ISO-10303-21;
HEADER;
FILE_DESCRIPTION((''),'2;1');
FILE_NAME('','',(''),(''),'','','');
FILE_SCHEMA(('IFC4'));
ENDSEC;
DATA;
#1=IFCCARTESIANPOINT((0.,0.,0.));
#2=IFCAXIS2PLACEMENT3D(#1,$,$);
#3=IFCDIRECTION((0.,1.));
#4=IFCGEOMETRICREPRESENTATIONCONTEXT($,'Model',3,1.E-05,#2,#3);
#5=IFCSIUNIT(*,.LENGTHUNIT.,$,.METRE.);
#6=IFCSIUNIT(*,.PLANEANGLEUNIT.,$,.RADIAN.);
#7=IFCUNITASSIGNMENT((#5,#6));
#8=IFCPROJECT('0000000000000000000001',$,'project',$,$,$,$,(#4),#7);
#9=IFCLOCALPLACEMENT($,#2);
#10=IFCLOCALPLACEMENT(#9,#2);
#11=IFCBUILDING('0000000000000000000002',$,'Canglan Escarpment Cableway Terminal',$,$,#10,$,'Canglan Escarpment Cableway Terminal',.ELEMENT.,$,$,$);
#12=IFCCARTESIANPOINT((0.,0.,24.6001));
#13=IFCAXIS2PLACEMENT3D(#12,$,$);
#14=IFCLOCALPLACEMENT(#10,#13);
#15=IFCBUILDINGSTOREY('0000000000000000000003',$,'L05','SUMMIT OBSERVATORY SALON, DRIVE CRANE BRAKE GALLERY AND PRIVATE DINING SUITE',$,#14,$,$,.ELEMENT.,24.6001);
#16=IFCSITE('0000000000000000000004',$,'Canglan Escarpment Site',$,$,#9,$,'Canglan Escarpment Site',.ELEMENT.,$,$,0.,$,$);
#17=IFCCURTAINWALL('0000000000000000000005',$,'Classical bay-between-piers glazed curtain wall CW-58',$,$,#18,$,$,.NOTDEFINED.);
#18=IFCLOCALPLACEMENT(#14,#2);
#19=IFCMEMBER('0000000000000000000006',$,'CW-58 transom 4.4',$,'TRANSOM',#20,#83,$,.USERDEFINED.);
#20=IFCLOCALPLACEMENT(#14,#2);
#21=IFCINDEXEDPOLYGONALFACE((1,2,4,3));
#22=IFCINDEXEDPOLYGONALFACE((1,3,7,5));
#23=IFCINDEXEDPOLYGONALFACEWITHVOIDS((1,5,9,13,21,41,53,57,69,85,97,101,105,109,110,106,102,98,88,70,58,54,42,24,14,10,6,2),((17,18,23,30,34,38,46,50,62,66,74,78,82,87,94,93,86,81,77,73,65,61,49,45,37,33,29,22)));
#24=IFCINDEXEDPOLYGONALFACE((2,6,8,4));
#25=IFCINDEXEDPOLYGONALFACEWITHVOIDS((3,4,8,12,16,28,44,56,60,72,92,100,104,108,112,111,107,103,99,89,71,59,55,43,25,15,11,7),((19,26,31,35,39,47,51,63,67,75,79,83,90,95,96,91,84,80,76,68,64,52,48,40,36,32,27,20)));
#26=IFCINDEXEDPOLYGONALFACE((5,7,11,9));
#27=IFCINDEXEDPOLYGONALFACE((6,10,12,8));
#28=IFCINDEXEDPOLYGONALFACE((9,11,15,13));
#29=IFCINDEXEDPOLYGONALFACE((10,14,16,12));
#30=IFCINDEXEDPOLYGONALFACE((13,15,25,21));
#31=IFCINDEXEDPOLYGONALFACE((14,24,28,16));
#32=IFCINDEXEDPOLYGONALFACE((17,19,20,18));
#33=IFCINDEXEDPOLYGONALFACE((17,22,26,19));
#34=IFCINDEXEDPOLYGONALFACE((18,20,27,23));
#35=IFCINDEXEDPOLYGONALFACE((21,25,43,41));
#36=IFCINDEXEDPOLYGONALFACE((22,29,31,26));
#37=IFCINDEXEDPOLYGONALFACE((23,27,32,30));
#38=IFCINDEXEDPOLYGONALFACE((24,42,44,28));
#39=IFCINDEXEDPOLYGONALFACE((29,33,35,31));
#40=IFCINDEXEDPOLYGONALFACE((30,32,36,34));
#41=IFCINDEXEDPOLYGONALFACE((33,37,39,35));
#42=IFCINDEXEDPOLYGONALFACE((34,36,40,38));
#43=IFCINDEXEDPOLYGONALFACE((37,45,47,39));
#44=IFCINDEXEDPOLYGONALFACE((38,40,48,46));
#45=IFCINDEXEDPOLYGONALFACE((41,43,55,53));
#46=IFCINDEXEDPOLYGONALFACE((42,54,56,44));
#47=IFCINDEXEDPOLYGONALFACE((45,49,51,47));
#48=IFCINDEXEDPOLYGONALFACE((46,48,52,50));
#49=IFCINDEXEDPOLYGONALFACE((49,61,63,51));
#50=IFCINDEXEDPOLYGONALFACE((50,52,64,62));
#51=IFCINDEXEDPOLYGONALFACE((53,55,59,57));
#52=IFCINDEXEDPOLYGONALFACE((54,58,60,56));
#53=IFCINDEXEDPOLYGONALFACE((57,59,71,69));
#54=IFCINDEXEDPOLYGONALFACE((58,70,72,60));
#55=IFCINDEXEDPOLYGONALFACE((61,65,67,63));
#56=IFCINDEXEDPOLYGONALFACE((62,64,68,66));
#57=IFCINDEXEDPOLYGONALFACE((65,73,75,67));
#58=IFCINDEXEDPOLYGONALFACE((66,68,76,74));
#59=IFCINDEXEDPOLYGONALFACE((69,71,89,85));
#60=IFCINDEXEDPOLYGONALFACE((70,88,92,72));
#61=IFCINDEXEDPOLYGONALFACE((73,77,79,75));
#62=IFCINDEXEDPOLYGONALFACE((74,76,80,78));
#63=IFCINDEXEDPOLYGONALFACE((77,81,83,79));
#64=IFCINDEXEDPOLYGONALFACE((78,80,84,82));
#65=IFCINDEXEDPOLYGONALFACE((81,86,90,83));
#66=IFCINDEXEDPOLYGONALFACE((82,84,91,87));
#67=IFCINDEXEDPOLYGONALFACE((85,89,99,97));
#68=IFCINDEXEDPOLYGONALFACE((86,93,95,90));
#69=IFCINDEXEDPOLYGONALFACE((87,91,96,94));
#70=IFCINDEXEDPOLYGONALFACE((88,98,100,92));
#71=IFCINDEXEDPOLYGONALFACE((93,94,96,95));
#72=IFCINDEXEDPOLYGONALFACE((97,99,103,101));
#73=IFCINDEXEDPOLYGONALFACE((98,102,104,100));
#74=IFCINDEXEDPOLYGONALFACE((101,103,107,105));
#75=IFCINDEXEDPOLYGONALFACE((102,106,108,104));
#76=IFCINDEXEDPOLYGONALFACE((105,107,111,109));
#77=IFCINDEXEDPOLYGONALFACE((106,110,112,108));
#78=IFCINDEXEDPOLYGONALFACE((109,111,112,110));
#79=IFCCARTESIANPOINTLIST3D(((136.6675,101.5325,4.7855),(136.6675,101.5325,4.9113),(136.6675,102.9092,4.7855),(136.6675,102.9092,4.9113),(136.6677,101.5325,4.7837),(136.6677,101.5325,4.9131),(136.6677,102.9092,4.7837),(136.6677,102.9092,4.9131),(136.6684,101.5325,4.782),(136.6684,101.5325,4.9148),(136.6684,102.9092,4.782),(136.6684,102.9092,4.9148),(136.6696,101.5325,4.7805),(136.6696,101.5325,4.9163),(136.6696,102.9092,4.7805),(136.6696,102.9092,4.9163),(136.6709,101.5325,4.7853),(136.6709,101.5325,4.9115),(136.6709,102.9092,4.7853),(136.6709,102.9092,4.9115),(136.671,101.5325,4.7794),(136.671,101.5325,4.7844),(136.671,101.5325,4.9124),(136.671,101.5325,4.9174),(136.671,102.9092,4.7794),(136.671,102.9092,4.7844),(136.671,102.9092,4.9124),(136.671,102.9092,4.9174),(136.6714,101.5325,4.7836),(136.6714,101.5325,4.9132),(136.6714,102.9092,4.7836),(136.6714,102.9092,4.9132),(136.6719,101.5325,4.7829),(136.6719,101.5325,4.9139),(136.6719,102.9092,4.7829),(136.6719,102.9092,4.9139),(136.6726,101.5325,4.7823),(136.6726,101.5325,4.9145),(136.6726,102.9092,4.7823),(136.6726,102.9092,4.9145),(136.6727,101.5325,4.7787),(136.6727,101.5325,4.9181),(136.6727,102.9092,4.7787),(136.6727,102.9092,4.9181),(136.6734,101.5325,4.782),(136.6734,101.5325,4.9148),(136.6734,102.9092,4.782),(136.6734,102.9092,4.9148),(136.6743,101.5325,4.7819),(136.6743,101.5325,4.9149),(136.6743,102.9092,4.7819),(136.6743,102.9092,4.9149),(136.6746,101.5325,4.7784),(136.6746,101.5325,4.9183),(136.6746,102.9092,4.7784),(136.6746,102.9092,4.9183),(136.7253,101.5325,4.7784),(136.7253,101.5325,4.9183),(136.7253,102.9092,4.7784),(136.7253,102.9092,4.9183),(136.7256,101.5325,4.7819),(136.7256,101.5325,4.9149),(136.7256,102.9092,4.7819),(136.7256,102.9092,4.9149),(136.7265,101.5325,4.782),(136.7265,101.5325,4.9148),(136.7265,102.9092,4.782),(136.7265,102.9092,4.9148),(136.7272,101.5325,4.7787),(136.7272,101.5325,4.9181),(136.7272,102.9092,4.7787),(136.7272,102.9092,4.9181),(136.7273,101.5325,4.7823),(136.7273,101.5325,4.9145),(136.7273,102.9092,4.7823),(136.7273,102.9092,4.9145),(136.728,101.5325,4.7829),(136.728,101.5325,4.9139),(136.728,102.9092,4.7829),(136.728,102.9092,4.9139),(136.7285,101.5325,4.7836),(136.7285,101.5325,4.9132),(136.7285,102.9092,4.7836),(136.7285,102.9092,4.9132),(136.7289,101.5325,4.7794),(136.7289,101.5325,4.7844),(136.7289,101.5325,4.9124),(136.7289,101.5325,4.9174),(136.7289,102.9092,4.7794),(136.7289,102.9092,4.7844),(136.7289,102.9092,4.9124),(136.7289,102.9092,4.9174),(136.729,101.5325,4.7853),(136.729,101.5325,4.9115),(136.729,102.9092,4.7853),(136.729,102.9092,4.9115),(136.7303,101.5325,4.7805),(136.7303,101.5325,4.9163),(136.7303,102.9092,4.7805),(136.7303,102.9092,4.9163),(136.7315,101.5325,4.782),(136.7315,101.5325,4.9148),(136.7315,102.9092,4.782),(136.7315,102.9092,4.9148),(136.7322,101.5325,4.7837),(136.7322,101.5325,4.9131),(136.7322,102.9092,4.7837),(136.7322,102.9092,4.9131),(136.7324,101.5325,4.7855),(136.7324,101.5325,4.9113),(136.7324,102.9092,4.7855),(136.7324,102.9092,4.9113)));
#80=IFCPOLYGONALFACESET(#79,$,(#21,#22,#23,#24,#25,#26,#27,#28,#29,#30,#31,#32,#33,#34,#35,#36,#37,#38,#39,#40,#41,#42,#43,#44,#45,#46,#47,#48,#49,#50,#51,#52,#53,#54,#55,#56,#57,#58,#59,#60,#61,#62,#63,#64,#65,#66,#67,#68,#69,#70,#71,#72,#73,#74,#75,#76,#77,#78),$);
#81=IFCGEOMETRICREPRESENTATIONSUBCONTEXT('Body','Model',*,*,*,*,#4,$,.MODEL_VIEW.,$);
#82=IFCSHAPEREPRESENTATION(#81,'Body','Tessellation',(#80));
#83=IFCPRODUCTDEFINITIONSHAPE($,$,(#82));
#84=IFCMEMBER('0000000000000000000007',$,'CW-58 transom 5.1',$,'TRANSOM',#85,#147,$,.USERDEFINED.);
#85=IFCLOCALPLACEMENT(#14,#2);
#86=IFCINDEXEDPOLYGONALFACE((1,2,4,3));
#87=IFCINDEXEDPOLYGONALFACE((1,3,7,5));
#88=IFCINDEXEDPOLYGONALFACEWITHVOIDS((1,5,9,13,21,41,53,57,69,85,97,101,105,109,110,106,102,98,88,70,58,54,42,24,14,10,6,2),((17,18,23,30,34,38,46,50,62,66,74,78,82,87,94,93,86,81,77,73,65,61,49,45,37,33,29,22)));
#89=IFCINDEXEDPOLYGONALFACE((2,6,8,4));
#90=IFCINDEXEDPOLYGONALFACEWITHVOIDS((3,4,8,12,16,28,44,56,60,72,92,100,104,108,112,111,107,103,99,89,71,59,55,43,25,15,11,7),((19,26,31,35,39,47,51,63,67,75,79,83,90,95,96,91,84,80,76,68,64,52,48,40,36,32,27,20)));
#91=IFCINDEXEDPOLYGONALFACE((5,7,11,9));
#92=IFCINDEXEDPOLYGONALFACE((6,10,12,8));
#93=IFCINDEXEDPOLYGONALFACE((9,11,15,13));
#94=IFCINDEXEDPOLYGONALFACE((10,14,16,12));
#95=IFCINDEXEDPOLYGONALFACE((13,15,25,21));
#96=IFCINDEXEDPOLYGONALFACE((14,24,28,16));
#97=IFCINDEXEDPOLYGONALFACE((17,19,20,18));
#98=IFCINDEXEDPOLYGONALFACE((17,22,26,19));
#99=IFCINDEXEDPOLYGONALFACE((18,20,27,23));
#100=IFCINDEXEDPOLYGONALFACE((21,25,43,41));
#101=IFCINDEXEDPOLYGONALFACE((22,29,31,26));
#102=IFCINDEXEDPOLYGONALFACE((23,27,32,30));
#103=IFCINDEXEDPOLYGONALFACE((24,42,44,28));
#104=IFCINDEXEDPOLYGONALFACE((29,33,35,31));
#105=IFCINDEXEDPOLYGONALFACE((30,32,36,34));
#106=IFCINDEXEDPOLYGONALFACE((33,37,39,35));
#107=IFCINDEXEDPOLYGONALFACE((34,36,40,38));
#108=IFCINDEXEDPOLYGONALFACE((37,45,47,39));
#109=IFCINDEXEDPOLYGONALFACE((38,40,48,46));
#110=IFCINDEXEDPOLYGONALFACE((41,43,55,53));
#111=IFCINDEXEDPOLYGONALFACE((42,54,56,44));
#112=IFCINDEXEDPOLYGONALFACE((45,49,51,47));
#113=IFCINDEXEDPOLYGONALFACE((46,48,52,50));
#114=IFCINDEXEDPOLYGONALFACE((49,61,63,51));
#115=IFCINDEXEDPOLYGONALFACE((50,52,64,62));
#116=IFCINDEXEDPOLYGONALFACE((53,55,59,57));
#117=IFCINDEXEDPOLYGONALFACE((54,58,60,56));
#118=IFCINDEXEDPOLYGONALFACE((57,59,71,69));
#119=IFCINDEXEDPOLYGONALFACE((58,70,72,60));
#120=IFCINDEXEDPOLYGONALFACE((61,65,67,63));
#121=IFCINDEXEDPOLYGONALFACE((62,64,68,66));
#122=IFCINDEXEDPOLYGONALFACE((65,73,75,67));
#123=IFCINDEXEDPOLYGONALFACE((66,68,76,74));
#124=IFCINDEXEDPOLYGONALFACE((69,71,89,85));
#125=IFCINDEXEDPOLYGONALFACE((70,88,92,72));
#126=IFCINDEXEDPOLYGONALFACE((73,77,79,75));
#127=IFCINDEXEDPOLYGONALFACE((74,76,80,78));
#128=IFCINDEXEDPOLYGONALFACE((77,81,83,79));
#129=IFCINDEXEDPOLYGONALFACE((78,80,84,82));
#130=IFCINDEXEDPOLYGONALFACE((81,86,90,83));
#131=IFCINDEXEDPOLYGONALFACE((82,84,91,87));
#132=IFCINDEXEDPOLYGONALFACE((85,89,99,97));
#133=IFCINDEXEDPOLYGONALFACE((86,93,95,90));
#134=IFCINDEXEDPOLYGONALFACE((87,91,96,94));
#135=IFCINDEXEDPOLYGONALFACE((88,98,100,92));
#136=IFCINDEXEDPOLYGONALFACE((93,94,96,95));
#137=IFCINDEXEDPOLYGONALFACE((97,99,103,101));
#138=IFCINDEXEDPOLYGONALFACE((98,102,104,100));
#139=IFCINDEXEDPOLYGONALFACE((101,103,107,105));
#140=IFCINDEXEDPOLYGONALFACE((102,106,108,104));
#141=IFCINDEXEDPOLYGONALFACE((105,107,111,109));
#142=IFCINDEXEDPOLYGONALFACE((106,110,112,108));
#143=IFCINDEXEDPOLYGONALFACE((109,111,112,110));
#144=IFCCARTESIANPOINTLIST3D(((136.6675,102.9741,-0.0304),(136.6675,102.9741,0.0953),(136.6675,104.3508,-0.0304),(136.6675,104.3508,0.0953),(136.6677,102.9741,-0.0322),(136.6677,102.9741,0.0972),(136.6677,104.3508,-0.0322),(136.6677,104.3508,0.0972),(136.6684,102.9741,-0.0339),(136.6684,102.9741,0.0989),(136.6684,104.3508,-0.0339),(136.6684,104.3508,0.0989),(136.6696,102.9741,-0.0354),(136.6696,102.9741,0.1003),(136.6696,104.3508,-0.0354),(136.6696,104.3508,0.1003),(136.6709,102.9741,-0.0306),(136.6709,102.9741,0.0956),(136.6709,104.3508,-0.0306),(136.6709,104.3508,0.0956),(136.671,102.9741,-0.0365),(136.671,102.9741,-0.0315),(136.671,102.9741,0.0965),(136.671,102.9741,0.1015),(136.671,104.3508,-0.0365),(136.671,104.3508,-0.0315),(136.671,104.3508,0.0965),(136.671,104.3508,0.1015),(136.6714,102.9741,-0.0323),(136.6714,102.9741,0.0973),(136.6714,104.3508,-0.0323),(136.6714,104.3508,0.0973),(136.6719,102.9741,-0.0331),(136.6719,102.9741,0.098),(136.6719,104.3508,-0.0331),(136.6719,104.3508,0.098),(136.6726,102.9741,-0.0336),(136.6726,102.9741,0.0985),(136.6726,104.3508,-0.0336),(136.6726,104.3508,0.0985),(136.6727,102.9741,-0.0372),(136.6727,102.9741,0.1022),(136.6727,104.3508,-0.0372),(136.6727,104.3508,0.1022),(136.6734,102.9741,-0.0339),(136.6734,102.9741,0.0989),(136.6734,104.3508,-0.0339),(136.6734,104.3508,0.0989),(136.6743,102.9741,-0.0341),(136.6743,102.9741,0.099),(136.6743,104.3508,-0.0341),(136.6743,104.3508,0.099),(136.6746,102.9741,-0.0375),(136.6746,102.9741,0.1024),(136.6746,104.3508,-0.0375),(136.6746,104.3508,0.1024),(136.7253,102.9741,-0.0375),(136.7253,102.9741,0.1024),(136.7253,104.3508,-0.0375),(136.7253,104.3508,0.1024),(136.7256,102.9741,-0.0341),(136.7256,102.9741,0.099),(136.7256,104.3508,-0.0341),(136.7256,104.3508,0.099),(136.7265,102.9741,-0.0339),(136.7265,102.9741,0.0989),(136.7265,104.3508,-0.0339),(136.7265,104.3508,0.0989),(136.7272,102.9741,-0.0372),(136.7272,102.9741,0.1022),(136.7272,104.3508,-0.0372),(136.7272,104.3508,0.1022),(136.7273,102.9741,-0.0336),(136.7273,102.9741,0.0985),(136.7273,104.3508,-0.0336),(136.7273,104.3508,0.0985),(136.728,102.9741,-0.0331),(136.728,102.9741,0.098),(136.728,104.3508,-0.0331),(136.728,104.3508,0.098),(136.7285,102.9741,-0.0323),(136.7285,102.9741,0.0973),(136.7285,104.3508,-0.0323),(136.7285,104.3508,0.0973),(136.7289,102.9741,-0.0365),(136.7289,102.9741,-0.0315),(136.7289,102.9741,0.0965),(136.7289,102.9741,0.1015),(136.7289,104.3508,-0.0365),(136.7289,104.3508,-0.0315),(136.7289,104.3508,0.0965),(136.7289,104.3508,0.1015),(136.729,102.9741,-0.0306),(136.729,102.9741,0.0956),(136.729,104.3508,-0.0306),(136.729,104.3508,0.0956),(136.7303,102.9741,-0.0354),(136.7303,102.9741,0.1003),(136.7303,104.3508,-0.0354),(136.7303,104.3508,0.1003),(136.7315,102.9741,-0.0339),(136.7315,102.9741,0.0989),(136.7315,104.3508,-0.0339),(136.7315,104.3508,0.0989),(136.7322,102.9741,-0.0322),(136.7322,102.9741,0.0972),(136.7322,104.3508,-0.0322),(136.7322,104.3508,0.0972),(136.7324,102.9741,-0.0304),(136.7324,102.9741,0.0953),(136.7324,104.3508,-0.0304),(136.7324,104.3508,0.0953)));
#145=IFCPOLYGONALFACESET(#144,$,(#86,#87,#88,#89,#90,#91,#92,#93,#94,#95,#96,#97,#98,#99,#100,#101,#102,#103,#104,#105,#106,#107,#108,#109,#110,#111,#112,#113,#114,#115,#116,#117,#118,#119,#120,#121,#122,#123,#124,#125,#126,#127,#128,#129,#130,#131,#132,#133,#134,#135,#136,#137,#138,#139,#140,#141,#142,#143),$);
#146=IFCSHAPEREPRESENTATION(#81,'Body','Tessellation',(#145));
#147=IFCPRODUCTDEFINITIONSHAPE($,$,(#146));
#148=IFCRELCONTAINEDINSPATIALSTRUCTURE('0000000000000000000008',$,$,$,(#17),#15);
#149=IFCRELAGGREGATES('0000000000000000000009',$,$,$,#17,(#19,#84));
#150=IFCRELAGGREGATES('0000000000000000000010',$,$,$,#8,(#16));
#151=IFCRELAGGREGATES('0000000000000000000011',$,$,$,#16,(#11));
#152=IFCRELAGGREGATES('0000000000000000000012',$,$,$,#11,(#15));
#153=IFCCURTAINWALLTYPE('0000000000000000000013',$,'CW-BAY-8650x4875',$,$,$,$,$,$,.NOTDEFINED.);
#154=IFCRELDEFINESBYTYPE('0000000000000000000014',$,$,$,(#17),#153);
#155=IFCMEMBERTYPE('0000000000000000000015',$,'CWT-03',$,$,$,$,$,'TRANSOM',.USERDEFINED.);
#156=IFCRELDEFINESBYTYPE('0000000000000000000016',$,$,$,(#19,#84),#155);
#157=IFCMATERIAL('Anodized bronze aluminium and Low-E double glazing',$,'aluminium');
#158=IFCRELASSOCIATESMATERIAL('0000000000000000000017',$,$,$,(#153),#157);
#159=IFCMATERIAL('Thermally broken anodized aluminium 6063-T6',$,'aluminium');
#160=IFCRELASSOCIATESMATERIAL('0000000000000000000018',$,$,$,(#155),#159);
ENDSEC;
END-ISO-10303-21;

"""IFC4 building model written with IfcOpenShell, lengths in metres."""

from ifc_helpers import new_model, si_unit, direction, frame, origin, origin_2d, place, context, subcontext, project, spatial, hollow_rectangle, extrude, material, material_profile, profile_set, type_object, element, aggregate, save


model = new_model("IFC4")

# Units and contexts
model_context = context("Model", 3, precision=1e-05, world=origin(), true_north=direction((0.0, 1.0)))
body_context = subcontext(model_context, "Body", "Model", "MODEL_VIEW")
ifc_project = project(units=[si_unit("LENGTHUNIT", "METRE"), si_unit("PLANEANGLEUNIT", "RADIAN")], contexts=[model_context])

# Site, building, storey
site_placement = place(None, origin())
site = spatial("IfcSite", under=ifc_project, at=site_placement, Name="Canglan Escarpment Site", LongName="Canglan Escarpment Site", CompositionType="ELEMENT", RefElevation=0.0)
building_placement = place(site_placement, origin())
building = spatial("IfcBuilding", under=site, at=building_placement, Name="Canglan Escarpment Cableway Terminal", LongName="Canglan Escarpment Cableway Terminal", CompositionType="ELEMENT")
storey_placement = place(building_placement, frame((0.0, 0.0, 24.6001)))
storey = spatial("IfcBuildingStorey", under=building, at=storey_placement, Name="L05", Description="SUMMIT OBSERVATORY SALON, DRIVE CRANE BRAKE GALLERY AND PRIVATE DINING SUITE", CompositionType="ELEMENT", Elevation=24.6001)

# Curtain wall, members
ifc_material_1 = material(Name="Anodized bronze aluminium and Low-E double glazing", Category="aluminium")
curtain_wall_type = type_object("IfcCurtainWallType", Name="CW-BAY-8650x4875", PredefinedType="NOTDEFINED", material=ifc_material_1)
curtain_wall_placement = place(storey_placement, origin())
curtain_wall = element("IfcCurtainWall", 1, at=curtain_wall_placement, inside=storey, type_object=curtain_wall_type, Name="Classical bay-between-piers glazed curtain wall CW-58", PredefinedType="NOTDEFINED")
ifc_material_2 = material(Name="Thermally broken anodized aluminium 6063-T6", Category="aluminium")
ifc_material_profile_1 = material_profile(ifc_material_2, hollow_rectangle(XDim=0.0649, YDim=0.1399, WallThickness=0.0034, InnerFilletRadius=0.0034, OuterFilletRadius=0.0071, at=origin_2d()), Name="ALU-TRAN 65x140x3.5")
ifc_profile_set_1 = profile_set([ifc_material_profile_1], Name="Thermally broken anodized aluminium 6063-T6")
member_type_1 = type_object("IfcMemberType", Name="CWT-03", ElementType="TRANSOM", PredefinedType="USERDEFINED", material=ifc_profile_set_1)
member_1_placement = place(storey_placement, frame((136.7, 101.5325, 4.8484), z_axis=(0.0, 1.0, 0.0), x_axis=(-1.0, 0.0, 0.0)))
member_1 = element("IfcMember", 2, at=member_1_placement, type_object=member_type_1, Name="CW-58 transom 4.4", ObjectType="TRANSOM", PredefinedType="USERDEFINED", context=body_context, shape_type="SweptSolid", body=[
    extrude(hollow_rectangle(XDim=0.0649, YDim=0.1399, WallThickness=0.0034, InnerFilletRadius=0.0034, OuterFilletRadius=0.0071, at=origin_2d()), origin(), (0.0, 0.0, 1.0), 1.3767),
])
member_2_placement = place(storey_placement, frame((136.7, 102.9741, 0.0325), z_axis=(0.0, 1.0, 0.0), x_axis=(-1.0, 0.0, 0.0)))
member_2 = element("IfcMember", 3, at=member_2_placement, type_object=member_type_1, Name="CW-58 transom 5.1", ObjectType="TRANSOM", PredefinedType="USERDEFINED", context=body_context, shape_type="SweptSolid", body=[
    extrude(hollow_rectangle(XDim=0.0649, YDim=0.1399, WallThickness=0.0034, InnerFilletRadius=0.0034, OuterFilletRadius=0.0071, at=origin_2d()), origin(), (0.0, 0.0, 1.0), 1.3767),
])
aggregate(curtain_wall, [member_1, member_2])

save(model, "model.ifc")
